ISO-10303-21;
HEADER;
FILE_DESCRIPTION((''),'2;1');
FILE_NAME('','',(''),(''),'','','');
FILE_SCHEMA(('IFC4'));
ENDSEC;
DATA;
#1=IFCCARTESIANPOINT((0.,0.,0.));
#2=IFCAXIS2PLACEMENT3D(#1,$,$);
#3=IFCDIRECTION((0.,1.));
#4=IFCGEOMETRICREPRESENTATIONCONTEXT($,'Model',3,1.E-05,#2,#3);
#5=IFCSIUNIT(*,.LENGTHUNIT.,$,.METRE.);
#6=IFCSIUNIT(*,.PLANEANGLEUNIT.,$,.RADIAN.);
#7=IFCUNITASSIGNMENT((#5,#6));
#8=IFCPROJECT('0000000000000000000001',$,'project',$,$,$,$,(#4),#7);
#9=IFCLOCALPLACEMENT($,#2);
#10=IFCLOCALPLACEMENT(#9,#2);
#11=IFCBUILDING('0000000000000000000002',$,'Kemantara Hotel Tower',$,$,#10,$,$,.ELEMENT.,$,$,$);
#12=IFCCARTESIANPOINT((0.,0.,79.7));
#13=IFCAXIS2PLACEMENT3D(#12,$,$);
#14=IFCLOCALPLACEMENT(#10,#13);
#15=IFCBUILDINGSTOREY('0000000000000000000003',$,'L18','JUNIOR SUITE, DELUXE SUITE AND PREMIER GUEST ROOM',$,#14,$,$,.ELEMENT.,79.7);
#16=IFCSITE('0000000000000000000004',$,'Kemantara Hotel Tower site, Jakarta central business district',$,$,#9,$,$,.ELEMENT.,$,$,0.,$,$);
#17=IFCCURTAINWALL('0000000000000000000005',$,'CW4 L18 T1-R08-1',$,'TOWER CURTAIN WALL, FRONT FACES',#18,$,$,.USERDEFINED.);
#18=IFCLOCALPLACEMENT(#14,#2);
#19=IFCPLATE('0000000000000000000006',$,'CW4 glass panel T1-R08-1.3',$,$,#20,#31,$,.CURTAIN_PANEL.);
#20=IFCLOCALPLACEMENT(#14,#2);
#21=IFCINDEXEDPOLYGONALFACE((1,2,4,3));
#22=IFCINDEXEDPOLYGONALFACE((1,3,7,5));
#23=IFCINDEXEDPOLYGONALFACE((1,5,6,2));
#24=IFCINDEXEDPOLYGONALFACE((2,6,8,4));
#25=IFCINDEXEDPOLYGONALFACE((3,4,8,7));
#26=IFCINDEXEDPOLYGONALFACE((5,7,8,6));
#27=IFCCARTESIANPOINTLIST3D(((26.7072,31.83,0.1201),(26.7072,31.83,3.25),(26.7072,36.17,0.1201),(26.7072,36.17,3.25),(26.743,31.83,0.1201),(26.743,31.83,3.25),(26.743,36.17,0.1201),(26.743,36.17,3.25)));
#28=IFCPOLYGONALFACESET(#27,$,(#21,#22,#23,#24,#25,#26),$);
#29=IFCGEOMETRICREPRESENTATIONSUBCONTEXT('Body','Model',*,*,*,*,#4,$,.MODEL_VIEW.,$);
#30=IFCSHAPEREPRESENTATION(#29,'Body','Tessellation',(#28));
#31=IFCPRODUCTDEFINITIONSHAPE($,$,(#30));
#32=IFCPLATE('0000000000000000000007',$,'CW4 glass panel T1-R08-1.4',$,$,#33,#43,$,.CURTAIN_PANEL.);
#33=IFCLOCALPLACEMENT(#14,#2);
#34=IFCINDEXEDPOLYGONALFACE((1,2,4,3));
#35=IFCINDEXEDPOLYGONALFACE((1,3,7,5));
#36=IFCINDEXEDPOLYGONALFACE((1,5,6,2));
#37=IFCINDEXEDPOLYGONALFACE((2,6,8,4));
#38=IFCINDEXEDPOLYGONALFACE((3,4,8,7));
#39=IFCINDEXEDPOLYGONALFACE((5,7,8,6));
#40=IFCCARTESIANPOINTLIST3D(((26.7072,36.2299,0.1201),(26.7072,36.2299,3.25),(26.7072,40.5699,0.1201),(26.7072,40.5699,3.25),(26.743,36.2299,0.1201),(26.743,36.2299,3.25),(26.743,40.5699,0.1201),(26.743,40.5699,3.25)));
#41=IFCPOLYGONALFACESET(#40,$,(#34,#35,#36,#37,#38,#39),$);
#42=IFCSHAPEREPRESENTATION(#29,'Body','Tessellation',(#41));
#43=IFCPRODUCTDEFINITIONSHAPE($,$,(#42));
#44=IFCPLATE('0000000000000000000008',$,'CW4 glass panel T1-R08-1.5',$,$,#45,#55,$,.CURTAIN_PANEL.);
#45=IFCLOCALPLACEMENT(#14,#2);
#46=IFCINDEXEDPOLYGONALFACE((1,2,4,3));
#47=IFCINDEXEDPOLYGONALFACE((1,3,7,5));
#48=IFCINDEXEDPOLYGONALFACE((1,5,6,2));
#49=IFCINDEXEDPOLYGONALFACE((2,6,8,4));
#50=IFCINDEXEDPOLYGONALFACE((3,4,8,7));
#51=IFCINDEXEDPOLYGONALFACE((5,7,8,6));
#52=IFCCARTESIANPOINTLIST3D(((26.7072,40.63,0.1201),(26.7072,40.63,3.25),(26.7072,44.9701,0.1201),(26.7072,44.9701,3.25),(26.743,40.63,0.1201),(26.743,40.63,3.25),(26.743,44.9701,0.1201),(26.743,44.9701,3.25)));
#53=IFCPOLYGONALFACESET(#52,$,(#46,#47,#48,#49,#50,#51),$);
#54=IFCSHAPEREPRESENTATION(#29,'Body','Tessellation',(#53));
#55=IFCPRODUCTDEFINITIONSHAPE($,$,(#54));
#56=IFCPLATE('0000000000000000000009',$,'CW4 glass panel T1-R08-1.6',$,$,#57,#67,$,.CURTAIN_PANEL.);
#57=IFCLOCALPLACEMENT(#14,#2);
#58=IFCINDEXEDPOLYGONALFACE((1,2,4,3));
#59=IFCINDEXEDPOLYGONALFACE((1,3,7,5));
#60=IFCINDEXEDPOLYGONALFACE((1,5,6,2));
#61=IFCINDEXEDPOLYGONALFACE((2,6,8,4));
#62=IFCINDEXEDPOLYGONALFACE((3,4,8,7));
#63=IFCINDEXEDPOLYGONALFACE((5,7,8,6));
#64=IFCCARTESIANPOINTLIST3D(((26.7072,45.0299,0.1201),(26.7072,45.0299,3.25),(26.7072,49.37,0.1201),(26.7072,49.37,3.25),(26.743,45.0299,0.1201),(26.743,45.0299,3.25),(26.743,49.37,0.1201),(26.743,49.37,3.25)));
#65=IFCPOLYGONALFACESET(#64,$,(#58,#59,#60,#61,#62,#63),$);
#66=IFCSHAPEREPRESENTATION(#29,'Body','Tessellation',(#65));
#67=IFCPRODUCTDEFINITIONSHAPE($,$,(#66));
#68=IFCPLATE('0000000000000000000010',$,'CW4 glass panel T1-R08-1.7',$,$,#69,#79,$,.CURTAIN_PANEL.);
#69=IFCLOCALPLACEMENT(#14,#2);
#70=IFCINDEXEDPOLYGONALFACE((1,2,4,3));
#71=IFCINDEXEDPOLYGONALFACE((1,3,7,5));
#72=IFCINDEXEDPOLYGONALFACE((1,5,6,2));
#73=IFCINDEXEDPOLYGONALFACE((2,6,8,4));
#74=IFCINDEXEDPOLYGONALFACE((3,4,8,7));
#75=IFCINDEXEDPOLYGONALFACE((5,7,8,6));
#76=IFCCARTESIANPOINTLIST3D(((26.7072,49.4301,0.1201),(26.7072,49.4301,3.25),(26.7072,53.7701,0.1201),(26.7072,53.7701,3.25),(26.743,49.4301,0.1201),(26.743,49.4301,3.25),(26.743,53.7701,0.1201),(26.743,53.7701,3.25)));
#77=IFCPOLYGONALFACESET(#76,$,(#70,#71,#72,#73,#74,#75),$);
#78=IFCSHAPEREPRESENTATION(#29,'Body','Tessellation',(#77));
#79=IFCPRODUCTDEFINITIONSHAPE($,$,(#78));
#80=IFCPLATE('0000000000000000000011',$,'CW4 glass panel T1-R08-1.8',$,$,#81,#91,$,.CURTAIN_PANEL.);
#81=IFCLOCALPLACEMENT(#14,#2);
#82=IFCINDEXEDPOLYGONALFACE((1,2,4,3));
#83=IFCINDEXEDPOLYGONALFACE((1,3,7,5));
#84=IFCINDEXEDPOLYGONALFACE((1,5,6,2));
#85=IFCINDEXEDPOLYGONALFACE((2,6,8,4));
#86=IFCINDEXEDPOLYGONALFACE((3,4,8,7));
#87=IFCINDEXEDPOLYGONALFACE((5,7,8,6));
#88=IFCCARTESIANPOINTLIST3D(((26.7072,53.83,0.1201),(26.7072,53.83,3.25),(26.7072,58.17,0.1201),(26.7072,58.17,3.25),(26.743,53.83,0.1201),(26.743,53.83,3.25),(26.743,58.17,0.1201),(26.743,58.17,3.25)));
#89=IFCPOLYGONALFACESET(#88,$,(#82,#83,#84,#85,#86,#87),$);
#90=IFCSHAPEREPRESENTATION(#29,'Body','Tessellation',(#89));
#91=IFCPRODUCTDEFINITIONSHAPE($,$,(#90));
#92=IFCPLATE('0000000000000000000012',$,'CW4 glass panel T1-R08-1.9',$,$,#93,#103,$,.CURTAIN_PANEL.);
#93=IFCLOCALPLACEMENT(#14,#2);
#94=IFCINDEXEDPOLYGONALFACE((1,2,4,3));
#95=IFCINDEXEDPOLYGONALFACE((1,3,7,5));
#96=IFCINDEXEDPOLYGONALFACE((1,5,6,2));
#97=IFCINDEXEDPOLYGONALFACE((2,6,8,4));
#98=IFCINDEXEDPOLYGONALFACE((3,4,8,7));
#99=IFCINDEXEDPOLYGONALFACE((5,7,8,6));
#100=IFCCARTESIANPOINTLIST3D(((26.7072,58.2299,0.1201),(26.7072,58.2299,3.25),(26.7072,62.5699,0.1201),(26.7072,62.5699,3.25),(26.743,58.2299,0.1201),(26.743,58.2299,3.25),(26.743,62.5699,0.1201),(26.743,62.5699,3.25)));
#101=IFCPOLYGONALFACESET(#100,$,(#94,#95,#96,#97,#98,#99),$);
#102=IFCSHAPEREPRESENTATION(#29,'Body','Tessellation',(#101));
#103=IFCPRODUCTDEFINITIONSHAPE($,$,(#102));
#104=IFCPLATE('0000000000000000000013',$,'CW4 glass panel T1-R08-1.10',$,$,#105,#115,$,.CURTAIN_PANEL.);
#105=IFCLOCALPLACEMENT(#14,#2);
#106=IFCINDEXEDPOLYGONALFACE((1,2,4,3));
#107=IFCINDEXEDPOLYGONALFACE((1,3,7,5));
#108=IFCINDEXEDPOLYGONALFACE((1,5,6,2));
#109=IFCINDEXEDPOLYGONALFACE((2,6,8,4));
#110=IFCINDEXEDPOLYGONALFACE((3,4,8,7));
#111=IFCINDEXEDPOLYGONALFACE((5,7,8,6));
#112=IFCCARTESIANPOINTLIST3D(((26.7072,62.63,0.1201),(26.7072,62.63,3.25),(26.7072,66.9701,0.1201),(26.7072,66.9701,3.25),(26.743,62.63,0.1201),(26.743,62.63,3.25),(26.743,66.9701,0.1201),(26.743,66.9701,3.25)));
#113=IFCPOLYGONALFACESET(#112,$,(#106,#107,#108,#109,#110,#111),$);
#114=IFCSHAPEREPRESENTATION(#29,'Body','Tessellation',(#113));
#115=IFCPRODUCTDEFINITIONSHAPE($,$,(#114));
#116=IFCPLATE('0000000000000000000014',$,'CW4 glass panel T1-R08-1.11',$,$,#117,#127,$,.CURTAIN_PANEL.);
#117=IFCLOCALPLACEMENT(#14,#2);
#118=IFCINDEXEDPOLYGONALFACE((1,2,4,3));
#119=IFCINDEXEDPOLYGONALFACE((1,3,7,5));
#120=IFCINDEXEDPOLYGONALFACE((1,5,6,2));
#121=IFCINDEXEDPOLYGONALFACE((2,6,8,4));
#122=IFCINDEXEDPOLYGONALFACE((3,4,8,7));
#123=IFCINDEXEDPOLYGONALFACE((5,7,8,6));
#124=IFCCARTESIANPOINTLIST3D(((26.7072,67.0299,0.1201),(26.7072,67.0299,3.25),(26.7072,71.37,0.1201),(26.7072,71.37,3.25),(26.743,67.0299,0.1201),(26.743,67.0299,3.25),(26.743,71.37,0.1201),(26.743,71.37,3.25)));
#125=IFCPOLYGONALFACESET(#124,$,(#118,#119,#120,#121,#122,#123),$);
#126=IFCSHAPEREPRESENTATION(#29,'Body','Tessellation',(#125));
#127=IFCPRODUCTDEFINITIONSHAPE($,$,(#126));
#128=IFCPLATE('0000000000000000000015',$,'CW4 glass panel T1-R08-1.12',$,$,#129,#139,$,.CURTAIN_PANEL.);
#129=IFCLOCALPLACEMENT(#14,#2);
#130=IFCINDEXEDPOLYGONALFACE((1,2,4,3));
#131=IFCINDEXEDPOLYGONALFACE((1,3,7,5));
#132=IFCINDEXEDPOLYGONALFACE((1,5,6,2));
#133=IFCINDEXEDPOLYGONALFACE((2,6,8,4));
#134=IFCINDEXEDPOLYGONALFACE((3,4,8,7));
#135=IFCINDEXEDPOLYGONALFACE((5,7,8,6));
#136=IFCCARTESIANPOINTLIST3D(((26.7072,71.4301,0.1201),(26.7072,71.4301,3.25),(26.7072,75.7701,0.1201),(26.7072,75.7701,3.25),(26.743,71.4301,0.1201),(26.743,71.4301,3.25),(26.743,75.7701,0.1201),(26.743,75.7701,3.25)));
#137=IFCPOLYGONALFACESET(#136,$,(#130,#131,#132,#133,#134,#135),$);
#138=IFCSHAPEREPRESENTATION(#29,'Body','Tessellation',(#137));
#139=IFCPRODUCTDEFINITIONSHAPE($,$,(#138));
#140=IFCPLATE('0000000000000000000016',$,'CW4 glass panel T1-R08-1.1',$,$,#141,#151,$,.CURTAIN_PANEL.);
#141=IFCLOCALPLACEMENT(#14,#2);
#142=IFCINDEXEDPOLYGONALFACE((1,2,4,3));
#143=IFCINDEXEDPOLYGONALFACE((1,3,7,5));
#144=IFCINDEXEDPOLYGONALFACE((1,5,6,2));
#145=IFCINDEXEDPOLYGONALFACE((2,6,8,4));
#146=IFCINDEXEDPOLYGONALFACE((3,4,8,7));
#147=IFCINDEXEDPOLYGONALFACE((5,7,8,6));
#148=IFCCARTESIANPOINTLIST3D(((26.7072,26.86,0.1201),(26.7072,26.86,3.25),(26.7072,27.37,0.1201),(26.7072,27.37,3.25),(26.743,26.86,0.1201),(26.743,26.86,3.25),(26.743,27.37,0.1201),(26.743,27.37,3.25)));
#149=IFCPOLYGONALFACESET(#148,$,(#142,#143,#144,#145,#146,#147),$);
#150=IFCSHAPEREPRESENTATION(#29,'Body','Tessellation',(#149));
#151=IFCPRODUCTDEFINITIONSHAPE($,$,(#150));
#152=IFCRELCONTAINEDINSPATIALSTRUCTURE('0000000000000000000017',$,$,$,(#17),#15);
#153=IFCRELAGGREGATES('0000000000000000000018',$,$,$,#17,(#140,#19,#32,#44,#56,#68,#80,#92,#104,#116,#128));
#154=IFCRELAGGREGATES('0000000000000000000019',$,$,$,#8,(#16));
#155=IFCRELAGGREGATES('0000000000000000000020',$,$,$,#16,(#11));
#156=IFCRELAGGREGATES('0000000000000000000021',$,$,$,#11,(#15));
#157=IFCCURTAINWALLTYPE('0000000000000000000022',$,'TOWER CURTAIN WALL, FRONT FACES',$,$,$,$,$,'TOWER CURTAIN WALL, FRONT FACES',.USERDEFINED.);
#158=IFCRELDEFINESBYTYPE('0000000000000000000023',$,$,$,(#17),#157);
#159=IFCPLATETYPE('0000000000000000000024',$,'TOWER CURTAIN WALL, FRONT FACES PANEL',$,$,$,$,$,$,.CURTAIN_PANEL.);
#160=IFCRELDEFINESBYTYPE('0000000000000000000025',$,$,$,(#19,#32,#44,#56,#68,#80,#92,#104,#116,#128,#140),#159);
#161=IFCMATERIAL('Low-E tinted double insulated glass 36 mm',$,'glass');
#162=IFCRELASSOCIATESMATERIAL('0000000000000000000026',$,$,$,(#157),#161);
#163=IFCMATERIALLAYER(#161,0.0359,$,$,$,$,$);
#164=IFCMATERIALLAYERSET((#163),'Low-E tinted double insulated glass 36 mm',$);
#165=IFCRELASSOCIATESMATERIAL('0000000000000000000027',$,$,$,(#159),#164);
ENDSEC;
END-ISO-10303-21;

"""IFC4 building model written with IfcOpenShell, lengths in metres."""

from ifc_helpers import new_model, si_unit, direction, frame, origin, origin_2d, place, context, subcontext, project, spatial, rectangle, extrude, source, transform, mapped, material, layer, layer_set, type_object, element, aggregate, save


model = new_model("IFC4")

# Units and contexts
model_context = context("Model", 3, precision=1e-05, world=origin(), true_north=direction((0.0, 1.0)))
body_context = subcontext(model_context, "Body", "Model", "MODEL_VIEW")
ifc_project = project(units=[si_unit("LENGTHUNIT", "METRE"), si_unit("PLANEANGLEUNIT", "RADIAN")], contexts=[model_context])

# Site, building, storey
site_placement = place(None, origin())
site = spatial("IfcSite", under=ifc_project, at=site_placement, Name="Kemantara Hotel Tower site, Jakarta central business district", CompositionType="ELEMENT", RefElevation=0.0)
building_placement = place(site_placement, origin())
building = spatial("IfcBuilding", under=site, at=building_placement, Name="Kemantara Hotel Tower", CompositionType="ELEMENT")
storey_placement = place(building_placement, frame((0.0, 0.0, 79.7)))
storey = spatial("IfcBuildingStorey", under=building, at=storey_placement, Name="L18", Description="JUNIOR SUITE, DELUXE SUITE AND PREMIER GUEST ROOM", CompositionType="ELEMENT", Elevation=79.7)

# Curtain wall
ifc_material_1 = material(Name="Low-E tinted double insulated glass 36 mm", Category="glass")
curtain_wall_type = type_object("IfcCurtainWallType", Name="TOWER CURTAIN WALL, FRONT FACES", ElementType="TOWER CURTAIN WALL, FRONT FACES", PredefinedType="USERDEFINED", material=ifc_material_1)
curtain_wall_1_placement = place(storey_placement, origin())
curtain_wall_1 = element("IfcCurtainWall", 1, at=curtain_wall_1_placement, inside=storey, type_object=curtain_wall_type, Name="CW4 L18 T1-R08-1", ObjectType="TOWER CURTAIN WALL, FRONT FACES", PredefinedType="USERDEFINED")

# Plates
ifc_layer = layer(ifc_material_1, 0.0359)
ifc_layer_set = layer_set([ifc_layer], Name="Low-E tinted double insulated glass 36 mm")
plate_type = type_object("IfcPlateType", Name="TOWER CURTAIN WALL, FRONT FACES PANEL", PredefinedType="CURTAIN_PANEL", material=ifc_layer_set)
shared_shape_1 = source(origin(), body_context, "Body", "SweptSolid", [
    extrude(rectangle(XDim=4.3401, YDim=0.0359, at=origin_2d()), origin(), (0.0, 0.0, 1.0), 3.1299),
])
plate_1_placement = place(storey_placement, frame((26.7251, 34.0, 0.1201), z_axis=(0.0, 0.0, 1.0), x_axis=(0.0, 1.0, 0.0)))
plate_1 = element("IfcPlate", 2, at=plate_1_placement, type_object=plate_type, Name="CW4 glass panel T1-R08-1.3", PredefinedType="CURTAIN_PANEL", context=body_context, shape_type="MappedRepresentation", body=[
    mapped(shared_shape_1, transform((0.0, 0.0, 0.0))),
])
plate_2_placement = place(storey_placement, frame((26.7251, 38.3999, 0.1201), z_axis=(0.0, 0.0, 1.0), x_axis=(0.0, 1.0, 0.0)))
plate_2 = element("IfcPlate", 3, at=plate_2_placement, type_object=plate_type, Name="CW4 glass panel T1-R08-1.4", PredefinedType="CURTAIN_PANEL", context=body_context, shape_type="MappedRepresentation", body=[
    mapped(shared_shape_1, transform((0.0, 0.0, 0.0))),
])
plate_3_placement = place(storey_placement, frame((26.7251, 42.8, 0.1201), z_axis=(0.0, 0.0, 1.0), x_axis=(0.0, 1.0, 0.0)))
plate_3 = element("IfcPlate", 4, at=plate_3_placement, type_object=plate_type, Name="CW4 glass panel T1-R08-1.5", PredefinedType="CURTAIN_PANEL", context=body_context, shape_type="MappedRepresentation", body=[
    mapped(shared_shape_1, transform((0.0, 0.0, 0.0))),
])
plate_4_placement = place(storey_placement, frame((26.7251, 47.2, 0.1201), z_axis=(0.0, 0.0, 1.0), x_axis=(0.0, 1.0, 0.0)))
plate_4 = element("IfcPlate", 5, at=plate_4_placement, type_object=plate_type, Name="CW4 glass panel T1-R08-1.6", PredefinedType="CURTAIN_PANEL", context=body_context, shape_type="MappedRepresentation", body=[
    mapped(shared_shape_1, transform((0.0, 0.0, 0.0))),
])
plate_5_placement = place(storey_placement, frame((26.7251, 51.6001, 0.1201), z_axis=(0.0, 0.0, 1.0), x_axis=(0.0, 1.0, 0.0)))
plate_5 = element("IfcPlate", 6, at=plate_5_placement, type_object=plate_type, Name="CW4 glass panel T1-R08-1.7", PredefinedType="CURTAIN_PANEL", context=body_context, shape_type="MappedRepresentation", body=[
    mapped(shared_shape_1, transform((0.0, 0.0, 0.0))),
])
plate_6_placement = place(storey_placement, frame((26.7251, 56.0, 0.1201), z_axis=(0.0, 0.0, 1.0), x_axis=(0.0, 1.0, 0.0)))
plate_6 = element("IfcPlate", 7, at=plate_6_placement, type_object=plate_type, Name="CW4 glass panel T1-R08-1.8", PredefinedType="CURTAIN_PANEL", context=body_context, shape_type="MappedRepresentation", body=[
    mapped(shared_shape_1, transform((0.0, 0.0, 0.0))),
])
plate_7_placement = place(storey_placement, frame((26.7251, 60.3999, 0.1201), z_axis=(0.0, 0.0, 1.0), x_axis=(0.0, 1.0, 0.0)))
plate_7 = element("IfcPlate", 8, at=plate_7_placement, type_object=plate_type, Name="CW4 glass panel T1-R08-1.9", PredefinedType="CURTAIN_PANEL", context=body_context, shape_type="MappedRepresentation", body=[
    mapped(shared_shape_1, transform((0.0, 0.0, 0.0))),
])
plate_8_placement = place(storey_placement, frame((26.7251, 64.8, 0.1201), z_axis=(0.0, 0.0, 1.0), x_axis=(0.0, 1.0, 0.0)))
plate_8 = element("IfcPlate", 9, at=plate_8_placement, type_object=plate_type, Name="CW4 glass panel T1-R08-1.10", PredefinedType="CURTAIN_PANEL", context=body_context, shape_type="MappedRepresentation", body=[
    mapped(shared_shape_1, transform((0.0, 0.0, 0.0))),
])
plate_9_placement = place(storey_placement, frame((26.7251, 69.2, 0.1201), z_axis=(0.0, 0.0, 1.0), x_axis=(0.0, 1.0, 0.0)))
plate_9 = element("IfcPlate", 10, at=plate_9_placement, type_object=plate_type, Name="CW4 glass panel T1-R08-1.11", PredefinedType="CURTAIN_PANEL", context=body_context, shape_type="MappedRepresentation", body=[
    mapped(shared_shape_1, transform((0.0, 0.0, 0.0))),
])
plate_10_placement = place(storey_placement, frame((26.7251, 73.6001, 0.1201), z_axis=(0.0, 0.0, 1.0), x_axis=(0.0, 1.0, 0.0)))
plate_10 = element("IfcPlate", 11, at=plate_10_placement, type_object=plate_type, Name="CW4 glass panel T1-R08-1.12", PredefinedType="CURTAIN_PANEL", context=body_context, shape_type="MappedRepresentation", body=[
    mapped(shared_shape_1, transform((0.0, 0.0, 0.0))),
])
shared_shape_2 = source(origin(), body_context, "Body", "SweptSolid", [
    extrude(rectangle(XDim=0.51, YDim=0.0359, at=origin_2d()), origin(), (0.0, 0.0, 1.0), 3.1299),
])
plate_11_placement = place(storey_placement, frame((26.7251, 27.115, 0.1201), z_axis=(0.0, 0.0, 1.0), x_axis=(0.0, 1.0, 0.0)))
plate_11 = element("IfcPlate", 12, at=plate_11_placement, type_object=plate_type, Name="CW4 glass panel T1-R08-1.1", PredefinedType="CURTAIN_PANEL", context=body_context, shape_type="MappedRepresentation", body=[
    mapped(shared_shape_2, transform((0.0, 0.0, 0.0))),
])
aggregate(curtain_wall_1, [plate_11, plate_1, plate_2, plate_3, plate_4, plate_5, plate_6, plate_7, plate_8, plate_9, plate_10])

save(model, "model.ifc")
